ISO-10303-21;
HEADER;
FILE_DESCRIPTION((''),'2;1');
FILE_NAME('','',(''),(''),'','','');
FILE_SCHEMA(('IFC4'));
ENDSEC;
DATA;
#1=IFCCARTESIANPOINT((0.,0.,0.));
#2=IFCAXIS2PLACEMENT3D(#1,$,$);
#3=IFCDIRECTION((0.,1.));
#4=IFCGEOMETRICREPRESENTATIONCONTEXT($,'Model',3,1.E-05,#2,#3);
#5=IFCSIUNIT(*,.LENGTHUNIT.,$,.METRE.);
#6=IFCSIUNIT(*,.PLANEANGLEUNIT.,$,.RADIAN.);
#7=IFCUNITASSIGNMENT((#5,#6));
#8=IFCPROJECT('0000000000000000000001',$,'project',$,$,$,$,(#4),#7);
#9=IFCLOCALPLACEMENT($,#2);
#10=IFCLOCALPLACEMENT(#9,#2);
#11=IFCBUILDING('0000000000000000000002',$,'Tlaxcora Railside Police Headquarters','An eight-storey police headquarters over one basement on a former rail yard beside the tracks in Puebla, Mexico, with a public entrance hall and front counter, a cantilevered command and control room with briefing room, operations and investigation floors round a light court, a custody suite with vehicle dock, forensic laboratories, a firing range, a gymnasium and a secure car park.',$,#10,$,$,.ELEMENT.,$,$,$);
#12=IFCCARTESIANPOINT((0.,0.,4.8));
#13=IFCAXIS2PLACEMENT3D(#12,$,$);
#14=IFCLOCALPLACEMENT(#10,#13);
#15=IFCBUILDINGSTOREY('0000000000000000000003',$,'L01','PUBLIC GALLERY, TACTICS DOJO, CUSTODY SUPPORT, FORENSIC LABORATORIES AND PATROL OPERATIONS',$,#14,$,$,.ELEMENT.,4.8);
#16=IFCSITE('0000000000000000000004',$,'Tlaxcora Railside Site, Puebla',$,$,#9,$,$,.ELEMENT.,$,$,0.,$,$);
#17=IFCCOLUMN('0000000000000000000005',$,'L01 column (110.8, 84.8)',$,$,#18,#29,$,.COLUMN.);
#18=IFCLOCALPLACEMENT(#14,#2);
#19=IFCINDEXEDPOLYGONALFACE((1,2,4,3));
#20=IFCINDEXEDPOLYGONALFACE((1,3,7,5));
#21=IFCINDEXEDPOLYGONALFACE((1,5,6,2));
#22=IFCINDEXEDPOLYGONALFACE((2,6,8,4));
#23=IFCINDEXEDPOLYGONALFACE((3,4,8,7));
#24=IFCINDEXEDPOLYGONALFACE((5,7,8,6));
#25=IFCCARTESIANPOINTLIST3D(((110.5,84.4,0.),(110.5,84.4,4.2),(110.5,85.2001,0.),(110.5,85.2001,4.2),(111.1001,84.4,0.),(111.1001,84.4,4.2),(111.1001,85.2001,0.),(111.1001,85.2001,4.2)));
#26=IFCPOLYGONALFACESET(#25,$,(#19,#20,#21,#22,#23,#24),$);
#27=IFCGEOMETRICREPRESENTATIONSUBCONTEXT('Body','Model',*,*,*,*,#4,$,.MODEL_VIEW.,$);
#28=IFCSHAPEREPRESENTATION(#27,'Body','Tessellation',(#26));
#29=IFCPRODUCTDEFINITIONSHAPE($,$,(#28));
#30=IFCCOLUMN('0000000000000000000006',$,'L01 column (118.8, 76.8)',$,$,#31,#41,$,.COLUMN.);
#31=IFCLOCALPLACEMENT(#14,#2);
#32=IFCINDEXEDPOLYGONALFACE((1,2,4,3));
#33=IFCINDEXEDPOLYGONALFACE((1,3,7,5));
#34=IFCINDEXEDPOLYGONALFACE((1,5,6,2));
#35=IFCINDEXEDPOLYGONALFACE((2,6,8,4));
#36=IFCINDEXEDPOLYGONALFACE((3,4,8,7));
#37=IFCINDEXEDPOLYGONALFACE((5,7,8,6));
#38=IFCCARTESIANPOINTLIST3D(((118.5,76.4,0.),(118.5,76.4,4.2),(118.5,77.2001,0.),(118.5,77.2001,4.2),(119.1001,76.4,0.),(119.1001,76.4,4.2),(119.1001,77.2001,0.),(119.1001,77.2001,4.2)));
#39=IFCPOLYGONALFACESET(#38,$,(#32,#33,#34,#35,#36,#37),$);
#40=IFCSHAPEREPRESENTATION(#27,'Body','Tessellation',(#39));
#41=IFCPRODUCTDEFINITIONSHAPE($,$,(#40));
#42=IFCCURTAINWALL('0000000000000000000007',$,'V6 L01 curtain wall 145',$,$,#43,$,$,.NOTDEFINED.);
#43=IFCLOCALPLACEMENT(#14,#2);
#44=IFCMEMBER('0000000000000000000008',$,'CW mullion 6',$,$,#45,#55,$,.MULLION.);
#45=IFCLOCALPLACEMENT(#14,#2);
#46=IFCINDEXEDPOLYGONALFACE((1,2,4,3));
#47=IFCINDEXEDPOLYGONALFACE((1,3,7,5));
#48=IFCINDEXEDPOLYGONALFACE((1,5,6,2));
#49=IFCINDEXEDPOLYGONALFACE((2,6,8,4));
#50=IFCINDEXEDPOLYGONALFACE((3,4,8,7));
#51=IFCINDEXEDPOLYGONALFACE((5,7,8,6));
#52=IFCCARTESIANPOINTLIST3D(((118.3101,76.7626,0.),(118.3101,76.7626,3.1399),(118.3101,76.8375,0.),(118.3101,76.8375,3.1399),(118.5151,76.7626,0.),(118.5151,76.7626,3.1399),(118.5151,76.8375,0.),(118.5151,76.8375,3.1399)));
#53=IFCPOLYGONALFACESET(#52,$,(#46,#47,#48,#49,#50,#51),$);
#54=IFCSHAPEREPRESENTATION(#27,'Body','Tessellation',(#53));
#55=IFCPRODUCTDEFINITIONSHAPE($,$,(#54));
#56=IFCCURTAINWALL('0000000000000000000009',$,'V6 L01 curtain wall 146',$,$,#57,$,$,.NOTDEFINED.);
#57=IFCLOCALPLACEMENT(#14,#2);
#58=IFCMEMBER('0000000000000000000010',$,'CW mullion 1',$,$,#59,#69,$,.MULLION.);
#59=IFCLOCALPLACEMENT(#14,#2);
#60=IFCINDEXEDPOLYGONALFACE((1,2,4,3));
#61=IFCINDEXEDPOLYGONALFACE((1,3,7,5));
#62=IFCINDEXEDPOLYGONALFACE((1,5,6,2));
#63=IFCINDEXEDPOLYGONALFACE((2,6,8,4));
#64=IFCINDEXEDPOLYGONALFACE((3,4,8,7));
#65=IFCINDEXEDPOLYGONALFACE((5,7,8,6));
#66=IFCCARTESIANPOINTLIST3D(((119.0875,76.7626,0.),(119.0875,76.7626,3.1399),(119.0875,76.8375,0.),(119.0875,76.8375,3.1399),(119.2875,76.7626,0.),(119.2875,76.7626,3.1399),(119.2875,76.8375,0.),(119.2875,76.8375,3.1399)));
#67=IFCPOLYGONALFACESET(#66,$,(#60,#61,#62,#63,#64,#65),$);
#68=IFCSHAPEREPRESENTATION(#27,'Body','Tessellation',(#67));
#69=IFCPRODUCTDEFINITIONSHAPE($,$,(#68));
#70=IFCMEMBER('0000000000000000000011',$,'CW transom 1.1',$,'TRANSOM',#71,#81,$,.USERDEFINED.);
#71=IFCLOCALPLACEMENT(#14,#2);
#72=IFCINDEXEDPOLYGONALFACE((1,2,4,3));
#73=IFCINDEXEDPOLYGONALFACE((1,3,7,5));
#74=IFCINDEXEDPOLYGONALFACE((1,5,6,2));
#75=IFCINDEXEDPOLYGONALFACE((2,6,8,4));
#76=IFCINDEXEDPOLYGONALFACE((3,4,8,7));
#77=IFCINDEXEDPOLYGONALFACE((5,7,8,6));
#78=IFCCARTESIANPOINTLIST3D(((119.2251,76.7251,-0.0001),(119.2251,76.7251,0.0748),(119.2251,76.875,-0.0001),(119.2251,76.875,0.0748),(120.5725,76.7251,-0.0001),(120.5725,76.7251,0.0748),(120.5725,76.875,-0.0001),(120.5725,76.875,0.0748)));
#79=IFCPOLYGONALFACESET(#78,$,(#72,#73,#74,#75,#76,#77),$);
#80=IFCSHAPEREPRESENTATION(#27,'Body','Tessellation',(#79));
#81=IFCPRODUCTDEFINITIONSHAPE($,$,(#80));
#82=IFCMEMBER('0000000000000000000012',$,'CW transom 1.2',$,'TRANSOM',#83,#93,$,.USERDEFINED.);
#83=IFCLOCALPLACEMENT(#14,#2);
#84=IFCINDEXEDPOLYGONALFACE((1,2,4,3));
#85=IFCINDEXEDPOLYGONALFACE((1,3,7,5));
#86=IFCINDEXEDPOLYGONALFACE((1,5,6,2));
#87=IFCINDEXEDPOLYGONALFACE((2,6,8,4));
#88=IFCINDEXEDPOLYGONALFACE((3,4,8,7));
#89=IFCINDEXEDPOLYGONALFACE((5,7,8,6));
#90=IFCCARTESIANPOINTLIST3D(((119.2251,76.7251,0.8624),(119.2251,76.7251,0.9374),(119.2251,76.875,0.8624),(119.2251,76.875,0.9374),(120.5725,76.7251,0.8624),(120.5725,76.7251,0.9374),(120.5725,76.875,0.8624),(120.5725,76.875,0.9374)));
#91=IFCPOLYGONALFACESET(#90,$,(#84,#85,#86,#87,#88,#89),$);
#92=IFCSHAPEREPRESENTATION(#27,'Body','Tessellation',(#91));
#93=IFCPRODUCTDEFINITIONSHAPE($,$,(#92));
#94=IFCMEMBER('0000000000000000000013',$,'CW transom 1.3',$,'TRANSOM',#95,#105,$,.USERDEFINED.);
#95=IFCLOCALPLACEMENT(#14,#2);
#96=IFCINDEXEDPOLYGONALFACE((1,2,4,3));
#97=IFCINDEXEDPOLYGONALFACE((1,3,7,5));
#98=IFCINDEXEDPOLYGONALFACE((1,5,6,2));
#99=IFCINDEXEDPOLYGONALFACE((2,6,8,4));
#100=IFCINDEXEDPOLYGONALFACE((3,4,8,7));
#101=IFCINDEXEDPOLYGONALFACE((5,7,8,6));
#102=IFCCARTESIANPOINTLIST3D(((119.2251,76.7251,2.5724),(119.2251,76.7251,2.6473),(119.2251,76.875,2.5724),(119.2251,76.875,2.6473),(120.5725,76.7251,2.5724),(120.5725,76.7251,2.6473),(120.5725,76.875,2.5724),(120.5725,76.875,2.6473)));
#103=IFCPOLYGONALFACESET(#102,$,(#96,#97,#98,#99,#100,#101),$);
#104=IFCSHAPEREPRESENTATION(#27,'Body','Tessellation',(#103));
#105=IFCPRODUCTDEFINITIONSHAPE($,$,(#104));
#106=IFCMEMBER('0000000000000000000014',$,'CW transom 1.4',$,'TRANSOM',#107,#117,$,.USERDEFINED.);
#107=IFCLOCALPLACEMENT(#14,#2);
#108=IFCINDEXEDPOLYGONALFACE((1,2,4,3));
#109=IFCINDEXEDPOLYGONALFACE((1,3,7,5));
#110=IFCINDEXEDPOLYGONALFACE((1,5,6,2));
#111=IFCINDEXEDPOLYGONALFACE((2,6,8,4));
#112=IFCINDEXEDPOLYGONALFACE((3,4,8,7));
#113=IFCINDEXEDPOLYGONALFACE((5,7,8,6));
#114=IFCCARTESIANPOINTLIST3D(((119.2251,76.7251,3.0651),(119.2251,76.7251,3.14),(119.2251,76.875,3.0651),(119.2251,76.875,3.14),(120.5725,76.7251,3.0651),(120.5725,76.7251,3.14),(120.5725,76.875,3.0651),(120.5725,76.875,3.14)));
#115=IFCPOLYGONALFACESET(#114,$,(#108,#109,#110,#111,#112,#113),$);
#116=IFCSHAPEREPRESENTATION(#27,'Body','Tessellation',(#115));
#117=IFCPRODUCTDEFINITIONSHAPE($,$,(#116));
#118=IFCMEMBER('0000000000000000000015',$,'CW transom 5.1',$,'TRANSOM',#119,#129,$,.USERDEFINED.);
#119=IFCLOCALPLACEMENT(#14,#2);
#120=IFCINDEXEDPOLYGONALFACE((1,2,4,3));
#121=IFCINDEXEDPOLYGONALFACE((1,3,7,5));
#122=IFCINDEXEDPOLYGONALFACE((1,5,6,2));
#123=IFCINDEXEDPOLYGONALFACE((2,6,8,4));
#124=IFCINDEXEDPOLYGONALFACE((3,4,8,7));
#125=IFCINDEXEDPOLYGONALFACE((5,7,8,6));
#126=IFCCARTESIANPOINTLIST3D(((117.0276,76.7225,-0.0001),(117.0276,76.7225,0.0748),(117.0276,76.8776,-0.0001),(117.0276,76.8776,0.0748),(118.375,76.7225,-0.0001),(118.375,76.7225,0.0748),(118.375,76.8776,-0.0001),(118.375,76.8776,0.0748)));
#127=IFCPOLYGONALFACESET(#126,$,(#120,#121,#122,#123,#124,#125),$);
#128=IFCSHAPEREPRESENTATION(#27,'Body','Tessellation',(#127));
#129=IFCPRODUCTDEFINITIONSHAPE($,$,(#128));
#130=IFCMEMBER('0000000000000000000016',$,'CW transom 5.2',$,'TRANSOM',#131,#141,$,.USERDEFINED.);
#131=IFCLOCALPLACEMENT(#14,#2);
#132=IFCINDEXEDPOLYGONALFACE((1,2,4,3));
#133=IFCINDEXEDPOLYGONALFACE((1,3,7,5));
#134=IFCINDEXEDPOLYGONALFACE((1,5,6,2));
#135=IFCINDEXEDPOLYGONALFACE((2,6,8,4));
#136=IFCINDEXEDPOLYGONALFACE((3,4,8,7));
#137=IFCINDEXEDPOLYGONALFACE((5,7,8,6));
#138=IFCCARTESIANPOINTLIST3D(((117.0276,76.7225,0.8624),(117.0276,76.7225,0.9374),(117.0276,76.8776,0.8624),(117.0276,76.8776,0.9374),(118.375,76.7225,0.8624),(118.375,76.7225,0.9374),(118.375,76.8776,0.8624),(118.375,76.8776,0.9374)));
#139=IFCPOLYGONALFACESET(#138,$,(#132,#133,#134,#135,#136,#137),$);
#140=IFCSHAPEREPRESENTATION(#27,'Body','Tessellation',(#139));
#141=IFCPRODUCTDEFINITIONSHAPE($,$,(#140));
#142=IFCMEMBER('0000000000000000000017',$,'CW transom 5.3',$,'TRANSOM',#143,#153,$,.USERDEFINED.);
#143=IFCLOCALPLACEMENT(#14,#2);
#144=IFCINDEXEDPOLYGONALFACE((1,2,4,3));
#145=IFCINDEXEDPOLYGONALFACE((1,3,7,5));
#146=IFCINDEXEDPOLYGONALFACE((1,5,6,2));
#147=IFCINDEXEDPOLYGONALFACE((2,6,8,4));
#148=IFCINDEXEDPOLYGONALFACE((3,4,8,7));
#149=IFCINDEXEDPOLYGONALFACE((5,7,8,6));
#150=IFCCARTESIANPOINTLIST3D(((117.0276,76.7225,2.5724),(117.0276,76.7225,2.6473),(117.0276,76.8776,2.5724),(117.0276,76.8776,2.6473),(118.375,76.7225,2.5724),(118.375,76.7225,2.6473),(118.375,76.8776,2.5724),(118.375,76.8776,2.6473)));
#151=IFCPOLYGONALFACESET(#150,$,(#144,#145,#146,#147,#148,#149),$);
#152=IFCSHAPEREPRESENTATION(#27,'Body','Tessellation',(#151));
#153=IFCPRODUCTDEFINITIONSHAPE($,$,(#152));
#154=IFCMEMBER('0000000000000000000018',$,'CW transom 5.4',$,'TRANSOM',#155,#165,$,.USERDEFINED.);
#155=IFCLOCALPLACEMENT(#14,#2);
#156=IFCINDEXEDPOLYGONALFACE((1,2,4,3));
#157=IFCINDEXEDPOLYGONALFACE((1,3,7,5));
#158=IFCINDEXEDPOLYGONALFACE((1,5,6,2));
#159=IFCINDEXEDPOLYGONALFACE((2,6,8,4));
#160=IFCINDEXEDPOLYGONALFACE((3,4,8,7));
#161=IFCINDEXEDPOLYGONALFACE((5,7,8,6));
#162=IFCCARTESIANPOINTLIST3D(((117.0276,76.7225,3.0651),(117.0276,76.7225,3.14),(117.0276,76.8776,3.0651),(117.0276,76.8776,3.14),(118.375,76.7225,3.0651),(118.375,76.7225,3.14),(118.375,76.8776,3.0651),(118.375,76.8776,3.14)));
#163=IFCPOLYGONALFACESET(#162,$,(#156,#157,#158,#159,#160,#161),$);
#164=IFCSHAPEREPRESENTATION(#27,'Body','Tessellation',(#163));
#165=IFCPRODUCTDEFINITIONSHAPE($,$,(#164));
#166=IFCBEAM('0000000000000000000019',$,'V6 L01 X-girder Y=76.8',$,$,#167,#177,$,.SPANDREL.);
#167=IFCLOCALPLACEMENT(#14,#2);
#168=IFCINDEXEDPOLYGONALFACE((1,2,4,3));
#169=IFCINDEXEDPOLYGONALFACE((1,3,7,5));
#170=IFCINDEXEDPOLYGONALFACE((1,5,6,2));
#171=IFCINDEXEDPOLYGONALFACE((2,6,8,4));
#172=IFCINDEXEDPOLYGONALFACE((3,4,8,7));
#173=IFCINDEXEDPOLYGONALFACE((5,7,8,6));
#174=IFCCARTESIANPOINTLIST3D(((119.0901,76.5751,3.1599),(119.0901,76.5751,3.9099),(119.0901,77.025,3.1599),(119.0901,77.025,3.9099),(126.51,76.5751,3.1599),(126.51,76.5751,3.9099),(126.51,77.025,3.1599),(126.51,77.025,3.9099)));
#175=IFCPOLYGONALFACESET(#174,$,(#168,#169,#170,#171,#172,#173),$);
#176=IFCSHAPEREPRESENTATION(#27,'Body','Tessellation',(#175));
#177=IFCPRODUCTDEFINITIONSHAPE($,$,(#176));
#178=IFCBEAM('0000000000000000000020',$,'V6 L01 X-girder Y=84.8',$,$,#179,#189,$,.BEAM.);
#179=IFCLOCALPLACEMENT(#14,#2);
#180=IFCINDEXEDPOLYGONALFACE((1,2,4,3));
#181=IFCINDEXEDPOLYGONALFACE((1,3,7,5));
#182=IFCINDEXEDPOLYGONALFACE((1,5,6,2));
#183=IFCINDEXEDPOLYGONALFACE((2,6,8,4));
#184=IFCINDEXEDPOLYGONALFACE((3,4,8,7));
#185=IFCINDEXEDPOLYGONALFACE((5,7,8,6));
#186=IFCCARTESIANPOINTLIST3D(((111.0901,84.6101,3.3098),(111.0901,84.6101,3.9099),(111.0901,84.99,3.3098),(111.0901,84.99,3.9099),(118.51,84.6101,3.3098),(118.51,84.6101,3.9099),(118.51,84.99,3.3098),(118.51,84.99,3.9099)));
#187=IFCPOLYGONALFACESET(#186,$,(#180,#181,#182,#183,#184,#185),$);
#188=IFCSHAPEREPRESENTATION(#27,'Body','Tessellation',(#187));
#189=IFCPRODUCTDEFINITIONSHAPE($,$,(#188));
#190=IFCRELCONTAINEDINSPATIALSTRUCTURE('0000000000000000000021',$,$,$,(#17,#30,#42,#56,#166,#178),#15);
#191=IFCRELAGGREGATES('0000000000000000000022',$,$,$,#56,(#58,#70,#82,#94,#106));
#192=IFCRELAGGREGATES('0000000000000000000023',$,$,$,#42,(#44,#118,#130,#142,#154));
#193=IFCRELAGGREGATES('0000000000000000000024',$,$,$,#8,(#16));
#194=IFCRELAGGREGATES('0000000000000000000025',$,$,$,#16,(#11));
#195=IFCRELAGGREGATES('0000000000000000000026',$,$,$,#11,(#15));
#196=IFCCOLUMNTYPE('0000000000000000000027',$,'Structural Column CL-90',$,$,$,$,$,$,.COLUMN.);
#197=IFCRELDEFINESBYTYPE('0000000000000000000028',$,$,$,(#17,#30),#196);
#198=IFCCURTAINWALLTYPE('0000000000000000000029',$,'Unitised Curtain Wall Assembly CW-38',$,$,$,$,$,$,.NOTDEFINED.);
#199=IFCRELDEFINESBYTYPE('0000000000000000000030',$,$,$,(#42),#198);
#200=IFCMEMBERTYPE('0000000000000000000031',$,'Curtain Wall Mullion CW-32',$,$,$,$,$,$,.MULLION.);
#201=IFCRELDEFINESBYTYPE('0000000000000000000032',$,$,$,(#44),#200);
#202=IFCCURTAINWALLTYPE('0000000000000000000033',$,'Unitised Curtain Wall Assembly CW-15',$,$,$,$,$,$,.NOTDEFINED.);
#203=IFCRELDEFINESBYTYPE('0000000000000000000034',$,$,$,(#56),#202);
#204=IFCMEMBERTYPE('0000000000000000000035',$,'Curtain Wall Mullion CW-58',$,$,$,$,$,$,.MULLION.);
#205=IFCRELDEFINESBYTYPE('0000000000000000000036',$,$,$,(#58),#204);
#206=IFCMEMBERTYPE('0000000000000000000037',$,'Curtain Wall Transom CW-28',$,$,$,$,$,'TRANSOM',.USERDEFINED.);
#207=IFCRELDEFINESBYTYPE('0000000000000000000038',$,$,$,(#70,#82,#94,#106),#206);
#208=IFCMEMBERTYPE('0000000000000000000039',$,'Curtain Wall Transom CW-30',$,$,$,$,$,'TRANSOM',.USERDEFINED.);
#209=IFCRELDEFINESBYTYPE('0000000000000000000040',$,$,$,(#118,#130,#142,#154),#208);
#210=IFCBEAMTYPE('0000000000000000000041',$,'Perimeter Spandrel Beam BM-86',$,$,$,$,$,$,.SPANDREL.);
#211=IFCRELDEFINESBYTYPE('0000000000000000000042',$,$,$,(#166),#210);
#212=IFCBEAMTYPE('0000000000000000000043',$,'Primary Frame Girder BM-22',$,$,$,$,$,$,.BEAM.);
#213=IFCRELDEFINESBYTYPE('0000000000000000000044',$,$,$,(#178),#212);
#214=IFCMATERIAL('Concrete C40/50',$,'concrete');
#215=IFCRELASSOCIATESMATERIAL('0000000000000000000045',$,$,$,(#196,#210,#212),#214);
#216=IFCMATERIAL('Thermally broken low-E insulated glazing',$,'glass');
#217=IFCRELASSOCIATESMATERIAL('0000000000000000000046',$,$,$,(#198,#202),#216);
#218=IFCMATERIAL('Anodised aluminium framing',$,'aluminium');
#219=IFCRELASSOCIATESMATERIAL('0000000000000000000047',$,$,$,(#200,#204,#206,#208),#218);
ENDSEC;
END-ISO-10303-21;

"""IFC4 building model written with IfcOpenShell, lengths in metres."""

from ifc_helpers import new_model, si_unit, direction, frame, origin, origin_2d, place, context, subcontext, project, spatial, rectangle, extrude, material, material_profile, profile_set, type_object, element, aggregate, save


model = new_model("IFC4")

# Units and contexts
model_context = context("Model", 3, precision=1e-05, world=origin(), true_north=direction((0.0, 1.0)))
body_context = subcontext(model_context, "Body", "Model", "MODEL_VIEW")
ifc_project = project(units=[si_unit("LENGTHUNIT", "METRE"), si_unit("PLANEANGLEUNIT", "RADIAN")], contexts=[model_context])

# Site, building, storey
site_placement = place(None, origin())
site = spatial("IfcSite", under=ifc_project, at=site_placement, Name="Tlaxcora Railside Site, Puebla", CompositionType="ELEMENT", RefElevation=0.0)
building_placement = place(site_placement, origin())
building = spatial("IfcBuilding", under=site, at=building_placement, Name="Tlaxcora Railside Police Headquarters", Description="An eight-storey police headquarters over one basement on a former rail yard beside the tracks in Puebla, Mexico, with a public entrance hall and front counter, a cantilevered command and control room with briefing room, operations and investigation floors round a light court, a custody suite with vehicle dock, forensic laboratories, a firing range, a gymnasium and a secure car park.", CompositionType="ELEMENT")
storey_placement = place(building_placement, frame((0.0, 0.0, 4.8)))
storey = spatial("IfcBuildingStorey", under=building, at=storey_placement, Name="L01", Description="PUBLIC GALLERY, TACTICS DOJO, CUSTODY SUPPORT, FORENSIC LABORATORIES AND PATROL OPERATIONS", CompositionType="ELEMENT", Elevation=4.8)

# Columns
ifc_material_1 = material(Name="Concrete C40/50", Category="concrete")
ifc_material_profile_1 = material_profile(ifc_material_1, rectangle(XDim=0.6001, YDim=0.8, at=origin_2d()), Name="RC600X800")
ifc_profile_set_1 = profile_set([ifc_material_profile_1], Name="Concrete C40/50")
column_type = type_object("IfcColumnType", Name="Structural Column CL-90", PredefinedType="COLUMN", material=ifc_profile_set_1)
for number, where, z_axis, x_axis, name in (
    (1, (110.8, 84.8, 0.0), (0.0, 0.0, 1.0), (1.0, 0.0, 0.0), "L01 column (110.8, 84.8)"),
    (2, (118.8, 76.8, 0.0), (0.0, 0.0, 1.0), (1.0, 0.0, 0.0), "L01 column (118.8, 76.8)"),
):
    element("IfcColumn", number, at=place(storey_placement, frame(where, z_axis=z_axis, x_axis=x_axis)), inside=storey, type_object=column_type, Name=name, PredefinedType="COLUMN", context=body_context, shape_type="SweptSolid", body=[
        extrude(rectangle(XDim=0.6001, YDim=0.8, at=origin_2d()), origin(), (0.0, 0.0, 1.0), 4.2),
    ])

# Curtain wall, member
ifc_material_2 = material(Name="Thermally broken low-E insulated glazing", Category="glass")
curtain_wall_type_1 = type_object("IfcCurtainWallType", Name="Unitised Curtain Wall Assembly CW-38", PredefinedType="NOTDEFINED", material=ifc_material_2)
curtain_wall_1_placement = place(storey_placement, origin())
curtain_wall_1 = element("IfcCurtainWall", 3, at=curtain_wall_1_placement, inside=storey, type_object=curtain_wall_type_1, Name="V6 L01 curtain wall 145", PredefinedType="NOTDEFINED")
ifc_material_3 = material(Name="Anodised aluminium framing", Category="aluminium")
ifc_material_profile_2 = material_profile(ifc_material_3, rectangle(XDim=0.075, YDim=0.2051, at=origin_2d()), Name="AL75X205")
ifc_profile_set_2 = profile_set([ifc_material_profile_2], Name="Anodised aluminium framing")
member_type_1 = type_object("IfcMemberType", Name="Curtain Wall Mullion CW-32", PredefinedType="MULLION", material=ifc_profile_set_2)
member_1_placement = place(storey_placement, frame((118.4126, 76.8, 0.0), z_axis=(0.0, 0.0, 1.0), x_axis=(0.0, 1.0, 0.0)))
member_1 = element("IfcMember", 4, at=member_1_placement, type_object=member_type_1, Name="CW mullion 6", PredefinedType="MULLION", context=body_context, shape_type="SweptSolid", body=[
    extrude(rectangle(XDim=0.075, YDim=0.2051, at=origin_2d()), origin(), (0.0, 0.0, 1.0), 3.1399),
])

# Curtain wall, members
curtain_wall_type_2 = type_object("IfcCurtainWallType", Name="Unitised Curtain Wall Assembly CW-15", PredefinedType="NOTDEFINED", material=ifc_material_2)
curtain_wall_2_placement = place(storey_placement, origin())
curtain_wall_2 = element("IfcCurtainWall", 5, at=curtain_wall_2_placement, inside=storey, type_object=curtain_wall_type_2, Name="V6 L01 curtain wall 146", PredefinedType="NOTDEFINED")
ifc_material_profile_3 = material_profile(ifc_material_3, rectangle(XDim=0.075, YDim=0.2, at=origin_2d()), Name="AL75X200")
ifc_profile_set_3 = profile_set([ifc_material_profile_3], Name="Anodised aluminium framing")
member_type_2 = type_object("IfcMemberType", Name="Curtain Wall Mullion CW-58", PredefinedType="MULLION", material=ifc_profile_set_3)
member_2_placement = place(storey_placement, frame((119.1875, 76.8, 0.0), z_axis=(0.0, 0.0, 1.0), x_axis=(0.0, 1.0, 0.0)))
member_2 = element("IfcMember", 6, at=member_2_placement, type_object=member_type_2, Name="CW mullion 1", PredefinedType="MULLION", context=body_context, shape_type="SweptSolid", body=[
    extrude(rectangle(XDim=0.075, YDim=0.2, at=origin_2d()), origin(), (0.0, 0.0, 1.0), 3.1399),
])
ifc_material_profile_4 = material_profile(ifc_material_3, rectangle(XDim=0.1499, YDim=0.075, at=origin_2d()), Name="AL75X150")
ifc_profile_set_4 = profile_set([ifc_material_profile_4], Name="Anodised aluminium framing")
member_type_3 = type_object("IfcMemberType", Name="Curtain Wall Transom CW-28", ElementType="TRANSOM", PredefinedType="USERDEFINED", material=ifc_profile_set_4)
member_3_placement = place(storey_placement, frame((119.2251, 76.8, 0.0374), z_axis=(1.0, 0.0, 0.0), x_axis=(0.0, 1.0, 0.0)))
member_3 = element("IfcMember", 7, at=member_3_placement, type_object=member_type_3, Name="CW transom 1.1", ObjectType="TRANSOM", PredefinedType="USERDEFINED", context=body_context, shape_type="SweptSolid", body=[
    extrude(rectangle(XDim=0.1499, YDim=0.075, at=origin_2d()), origin(), (0.0, 0.0, 1.0), 1.3474),
])
member_4_placement = place(storey_placement, frame((119.2251, 76.8, 0.8999), z_axis=(1.0, 0.0, 0.0), x_axis=(0.0, 1.0, 0.0)))
member_4 = element("IfcMember", 8, at=member_4_placement, type_object=member_type_3, Name="CW transom 1.2", ObjectType="TRANSOM", PredefinedType="USERDEFINED", context=body_context, shape_type="SweptSolid", body=[
    extrude(rectangle(XDim=0.1499, YDim=0.075, at=origin_2d()), origin(), (0.0, 0.0, 1.0), 1.3474),
])
member_5_placement = place(storey_placement, frame((119.2251, 76.8, 2.6099), z_axis=(1.0, 0.0, 0.0), x_axis=(0.0, 1.0, 0.0)))
member_5 = element("IfcMember", 9, at=member_5_placement, type_object=member_type_3, Name="CW transom 1.3", ObjectType="TRANSOM", PredefinedType="USERDEFINED", context=body_context, shape_type="SweptSolid", body=[
    extrude(rectangle(XDim=0.1499, YDim=0.075, at=origin_2d()), origin(), (0.0, 0.0, 1.0), 1.3474),
])
member_6_placement = place(storey_placement, frame((119.2251, 76.8, 3.1025), z_axis=(1.0, 0.0, 0.0), x_axis=(0.0, 1.0, 0.0)))
member_6 = element("IfcMember", 10, at=member_6_placement, type_object=member_type_3, Name="CW transom 1.4", ObjectType="TRANSOM", PredefinedType="USERDEFINED", context=body_context, shape_type="SweptSolid", body=[
    extrude(rectangle(XDim=0.1499, YDim=0.075, at=origin_2d()), origin(), (0.0, 0.0, 1.0), 1.3474),
])
aggregate(curtain_wall_2, [member_2, member_3, member_4, member_5, member_6])

# Members
ifc_material_profile_5 = material_profile(ifc_material_3, rectangle(XDim=0.155, YDim=0.075, at=origin_2d()), Name="AL75X155")
ifc_profile_set_5 = profile_set([ifc_material_profile_5], Name="Anodised aluminium framing")
member_type_4 = type_object("IfcMemberType", Name="Curtain Wall Transom CW-30", ElementType="TRANSOM", PredefinedType="USERDEFINED", material=ifc_profile_set_5)
member_7_placement = place(storey_placement, frame((117.0276, 76.8, 0.0374), z_axis=(1.0, 0.0, 0.0), x_axis=(0.0, 1.0, 0.0)))
member_7 = element("IfcMember", 11, at=member_7_placement, type_object=member_type_4, Name="CW transom 5.1", ObjectType="TRANSOM", PredefinedType="USERDEFINED", context=body_context, shape_type="SweptSolid", body=[
    extrude(rectangle(XDim=0.155, YDim=0.075, at=origin_2d()), origin(), (0.0, 0.0, 1.0), 1.3474),
])
member_8_placement = place(storey_placement, frame((117.0276, 76.8, 0.8999), z_axis=(1.0, 0.0, 0.0), x_axis=(0.0, 1.0, 0.0)))
member_8 = element("IfcMember", 12, at=member_8_placement, type_object=member_type_4, Name="CW transom 5.2", ObjectType="TRANSOM", PredefinedType="USERDEFINED", context=body_context, shape_type="SweptSolid", body=[
    extrude(rectangle(XDim=0.155, YDim=0.075, at=origin_2d()), origin(), (0.0, 0.0, 1.0), 1.3474),
])
member_9_placement = place(storey_placement, frame((117.0276, 76.8, 2.6099), z_axis=(1.0, 0.0, 0.0), x_axis=(0.0, 1.0, 0.0)))
member_9 = element("IfcMember", 13, at=member_9_placement, type_object=member_type_4, Name="CW transom 5.3", ObjectType="TRANSOM", PredefinedType="USERDEFINED", context=body_context, shape_type="SweptSolid", body=[
    extrude(rectangle(XDim=0.155, YDim=0.075, at=origin_2d()), origin(), (0.0, 0.0, 1.0), 1.3474),
])
member_10_placement = place(storey_placement, frame((117.0276, 76.8, 3.1025), z_axis=(1.0, 0.0, 0.0), x_axis=(0.0, 1.0, 0.0)))
member_10 = element("IfcMember", 14, at=member_10_placement, type_object=member_type_4, Name="CW transom 5.4", ObjectType="TRANSOM", PredefinedType="USERDEFINED", context=body_context, shape_type="SweptSolid", body=[
    extrude(rectangle(XDim=0.155, YDim=0.075, at=origin_2d()), origin(), (0.0, 0.0, 1.0), 1.3474),
])

# Beams
ifc_material_profile_6 = material_profile(ifc_material_1, rectangle(XDim=0.45, YDim=0.75, at=origin_2d()), Name="RC450X750")
ifc_profile_set_6 = profile_set([ifc_material_profile_6], Name="Concrete C40/50")
beam_type_1 = type_object("IfcBeamType", Name="Perimeter Spandrel Beam BM-86", PredefinedType="SPANDREL", material=ifc_profile_set_6)
beam_1_placement = place(storey_placement, frame((119.0901, 76.8, 3.5349), z_axis=(1.0, 0.0, 0.0), x_axis=(0.0, 1.0, 0.0)))
element("IfcBeam", 15, at=beam_1_placement, inside=storey, type_object=beam_type_1, Name="V6 L01 X-girder Y=76.8", PredefinedType="SPANDREL", context=body_context, shape_type="SweptSolid", body=[
    extrude(rectangle(XDim=0.45, YDim=0.75, at=origin_2d()), origin(), (0.0, 0.0, 1.0), 7.4199),
])
ifc_material_profile_7 = material_profile(ifc_material_1, rectangle(XDim=0.3799, YDim=0.6001, at=origin_2d()), Name="RC380X600")
ifc_profile_set_7 = profile_set([ifc_material_profile_7], Name="Concrete C40/50")
beam_type_2 = type_object("IfcBeamType", Name="Primary Frame Girder BM-22", PredefinedType="BEAM", material=ifc_profile_set_7)
beam_2_placement = place(storey_placement, frame((111.0901, 84.8, 3.6099), z_axis=(1.0, 0.0, 0.0), x_axis=(0.0, 1.0, 0.0)))
element("IfcBeam", 16, at=beam_2_placement, inside=storey, type_object=beam_type_2, Name="V6 L01 X-girder Y=84.8", PredefinedType="BEAM", context=body_context, shape_type="SweptSolid", body=[
    extrude(rectangle(XDim=0.3799, YDim=0.6001, at=origin_2d()), origin(), (0.0, 0.0, 1.0), 7.4199),
])

aggregate(curtain_wall_1, [member_1, member_7, member_8, member_9, member_10])

save(model, "model.ifc")
